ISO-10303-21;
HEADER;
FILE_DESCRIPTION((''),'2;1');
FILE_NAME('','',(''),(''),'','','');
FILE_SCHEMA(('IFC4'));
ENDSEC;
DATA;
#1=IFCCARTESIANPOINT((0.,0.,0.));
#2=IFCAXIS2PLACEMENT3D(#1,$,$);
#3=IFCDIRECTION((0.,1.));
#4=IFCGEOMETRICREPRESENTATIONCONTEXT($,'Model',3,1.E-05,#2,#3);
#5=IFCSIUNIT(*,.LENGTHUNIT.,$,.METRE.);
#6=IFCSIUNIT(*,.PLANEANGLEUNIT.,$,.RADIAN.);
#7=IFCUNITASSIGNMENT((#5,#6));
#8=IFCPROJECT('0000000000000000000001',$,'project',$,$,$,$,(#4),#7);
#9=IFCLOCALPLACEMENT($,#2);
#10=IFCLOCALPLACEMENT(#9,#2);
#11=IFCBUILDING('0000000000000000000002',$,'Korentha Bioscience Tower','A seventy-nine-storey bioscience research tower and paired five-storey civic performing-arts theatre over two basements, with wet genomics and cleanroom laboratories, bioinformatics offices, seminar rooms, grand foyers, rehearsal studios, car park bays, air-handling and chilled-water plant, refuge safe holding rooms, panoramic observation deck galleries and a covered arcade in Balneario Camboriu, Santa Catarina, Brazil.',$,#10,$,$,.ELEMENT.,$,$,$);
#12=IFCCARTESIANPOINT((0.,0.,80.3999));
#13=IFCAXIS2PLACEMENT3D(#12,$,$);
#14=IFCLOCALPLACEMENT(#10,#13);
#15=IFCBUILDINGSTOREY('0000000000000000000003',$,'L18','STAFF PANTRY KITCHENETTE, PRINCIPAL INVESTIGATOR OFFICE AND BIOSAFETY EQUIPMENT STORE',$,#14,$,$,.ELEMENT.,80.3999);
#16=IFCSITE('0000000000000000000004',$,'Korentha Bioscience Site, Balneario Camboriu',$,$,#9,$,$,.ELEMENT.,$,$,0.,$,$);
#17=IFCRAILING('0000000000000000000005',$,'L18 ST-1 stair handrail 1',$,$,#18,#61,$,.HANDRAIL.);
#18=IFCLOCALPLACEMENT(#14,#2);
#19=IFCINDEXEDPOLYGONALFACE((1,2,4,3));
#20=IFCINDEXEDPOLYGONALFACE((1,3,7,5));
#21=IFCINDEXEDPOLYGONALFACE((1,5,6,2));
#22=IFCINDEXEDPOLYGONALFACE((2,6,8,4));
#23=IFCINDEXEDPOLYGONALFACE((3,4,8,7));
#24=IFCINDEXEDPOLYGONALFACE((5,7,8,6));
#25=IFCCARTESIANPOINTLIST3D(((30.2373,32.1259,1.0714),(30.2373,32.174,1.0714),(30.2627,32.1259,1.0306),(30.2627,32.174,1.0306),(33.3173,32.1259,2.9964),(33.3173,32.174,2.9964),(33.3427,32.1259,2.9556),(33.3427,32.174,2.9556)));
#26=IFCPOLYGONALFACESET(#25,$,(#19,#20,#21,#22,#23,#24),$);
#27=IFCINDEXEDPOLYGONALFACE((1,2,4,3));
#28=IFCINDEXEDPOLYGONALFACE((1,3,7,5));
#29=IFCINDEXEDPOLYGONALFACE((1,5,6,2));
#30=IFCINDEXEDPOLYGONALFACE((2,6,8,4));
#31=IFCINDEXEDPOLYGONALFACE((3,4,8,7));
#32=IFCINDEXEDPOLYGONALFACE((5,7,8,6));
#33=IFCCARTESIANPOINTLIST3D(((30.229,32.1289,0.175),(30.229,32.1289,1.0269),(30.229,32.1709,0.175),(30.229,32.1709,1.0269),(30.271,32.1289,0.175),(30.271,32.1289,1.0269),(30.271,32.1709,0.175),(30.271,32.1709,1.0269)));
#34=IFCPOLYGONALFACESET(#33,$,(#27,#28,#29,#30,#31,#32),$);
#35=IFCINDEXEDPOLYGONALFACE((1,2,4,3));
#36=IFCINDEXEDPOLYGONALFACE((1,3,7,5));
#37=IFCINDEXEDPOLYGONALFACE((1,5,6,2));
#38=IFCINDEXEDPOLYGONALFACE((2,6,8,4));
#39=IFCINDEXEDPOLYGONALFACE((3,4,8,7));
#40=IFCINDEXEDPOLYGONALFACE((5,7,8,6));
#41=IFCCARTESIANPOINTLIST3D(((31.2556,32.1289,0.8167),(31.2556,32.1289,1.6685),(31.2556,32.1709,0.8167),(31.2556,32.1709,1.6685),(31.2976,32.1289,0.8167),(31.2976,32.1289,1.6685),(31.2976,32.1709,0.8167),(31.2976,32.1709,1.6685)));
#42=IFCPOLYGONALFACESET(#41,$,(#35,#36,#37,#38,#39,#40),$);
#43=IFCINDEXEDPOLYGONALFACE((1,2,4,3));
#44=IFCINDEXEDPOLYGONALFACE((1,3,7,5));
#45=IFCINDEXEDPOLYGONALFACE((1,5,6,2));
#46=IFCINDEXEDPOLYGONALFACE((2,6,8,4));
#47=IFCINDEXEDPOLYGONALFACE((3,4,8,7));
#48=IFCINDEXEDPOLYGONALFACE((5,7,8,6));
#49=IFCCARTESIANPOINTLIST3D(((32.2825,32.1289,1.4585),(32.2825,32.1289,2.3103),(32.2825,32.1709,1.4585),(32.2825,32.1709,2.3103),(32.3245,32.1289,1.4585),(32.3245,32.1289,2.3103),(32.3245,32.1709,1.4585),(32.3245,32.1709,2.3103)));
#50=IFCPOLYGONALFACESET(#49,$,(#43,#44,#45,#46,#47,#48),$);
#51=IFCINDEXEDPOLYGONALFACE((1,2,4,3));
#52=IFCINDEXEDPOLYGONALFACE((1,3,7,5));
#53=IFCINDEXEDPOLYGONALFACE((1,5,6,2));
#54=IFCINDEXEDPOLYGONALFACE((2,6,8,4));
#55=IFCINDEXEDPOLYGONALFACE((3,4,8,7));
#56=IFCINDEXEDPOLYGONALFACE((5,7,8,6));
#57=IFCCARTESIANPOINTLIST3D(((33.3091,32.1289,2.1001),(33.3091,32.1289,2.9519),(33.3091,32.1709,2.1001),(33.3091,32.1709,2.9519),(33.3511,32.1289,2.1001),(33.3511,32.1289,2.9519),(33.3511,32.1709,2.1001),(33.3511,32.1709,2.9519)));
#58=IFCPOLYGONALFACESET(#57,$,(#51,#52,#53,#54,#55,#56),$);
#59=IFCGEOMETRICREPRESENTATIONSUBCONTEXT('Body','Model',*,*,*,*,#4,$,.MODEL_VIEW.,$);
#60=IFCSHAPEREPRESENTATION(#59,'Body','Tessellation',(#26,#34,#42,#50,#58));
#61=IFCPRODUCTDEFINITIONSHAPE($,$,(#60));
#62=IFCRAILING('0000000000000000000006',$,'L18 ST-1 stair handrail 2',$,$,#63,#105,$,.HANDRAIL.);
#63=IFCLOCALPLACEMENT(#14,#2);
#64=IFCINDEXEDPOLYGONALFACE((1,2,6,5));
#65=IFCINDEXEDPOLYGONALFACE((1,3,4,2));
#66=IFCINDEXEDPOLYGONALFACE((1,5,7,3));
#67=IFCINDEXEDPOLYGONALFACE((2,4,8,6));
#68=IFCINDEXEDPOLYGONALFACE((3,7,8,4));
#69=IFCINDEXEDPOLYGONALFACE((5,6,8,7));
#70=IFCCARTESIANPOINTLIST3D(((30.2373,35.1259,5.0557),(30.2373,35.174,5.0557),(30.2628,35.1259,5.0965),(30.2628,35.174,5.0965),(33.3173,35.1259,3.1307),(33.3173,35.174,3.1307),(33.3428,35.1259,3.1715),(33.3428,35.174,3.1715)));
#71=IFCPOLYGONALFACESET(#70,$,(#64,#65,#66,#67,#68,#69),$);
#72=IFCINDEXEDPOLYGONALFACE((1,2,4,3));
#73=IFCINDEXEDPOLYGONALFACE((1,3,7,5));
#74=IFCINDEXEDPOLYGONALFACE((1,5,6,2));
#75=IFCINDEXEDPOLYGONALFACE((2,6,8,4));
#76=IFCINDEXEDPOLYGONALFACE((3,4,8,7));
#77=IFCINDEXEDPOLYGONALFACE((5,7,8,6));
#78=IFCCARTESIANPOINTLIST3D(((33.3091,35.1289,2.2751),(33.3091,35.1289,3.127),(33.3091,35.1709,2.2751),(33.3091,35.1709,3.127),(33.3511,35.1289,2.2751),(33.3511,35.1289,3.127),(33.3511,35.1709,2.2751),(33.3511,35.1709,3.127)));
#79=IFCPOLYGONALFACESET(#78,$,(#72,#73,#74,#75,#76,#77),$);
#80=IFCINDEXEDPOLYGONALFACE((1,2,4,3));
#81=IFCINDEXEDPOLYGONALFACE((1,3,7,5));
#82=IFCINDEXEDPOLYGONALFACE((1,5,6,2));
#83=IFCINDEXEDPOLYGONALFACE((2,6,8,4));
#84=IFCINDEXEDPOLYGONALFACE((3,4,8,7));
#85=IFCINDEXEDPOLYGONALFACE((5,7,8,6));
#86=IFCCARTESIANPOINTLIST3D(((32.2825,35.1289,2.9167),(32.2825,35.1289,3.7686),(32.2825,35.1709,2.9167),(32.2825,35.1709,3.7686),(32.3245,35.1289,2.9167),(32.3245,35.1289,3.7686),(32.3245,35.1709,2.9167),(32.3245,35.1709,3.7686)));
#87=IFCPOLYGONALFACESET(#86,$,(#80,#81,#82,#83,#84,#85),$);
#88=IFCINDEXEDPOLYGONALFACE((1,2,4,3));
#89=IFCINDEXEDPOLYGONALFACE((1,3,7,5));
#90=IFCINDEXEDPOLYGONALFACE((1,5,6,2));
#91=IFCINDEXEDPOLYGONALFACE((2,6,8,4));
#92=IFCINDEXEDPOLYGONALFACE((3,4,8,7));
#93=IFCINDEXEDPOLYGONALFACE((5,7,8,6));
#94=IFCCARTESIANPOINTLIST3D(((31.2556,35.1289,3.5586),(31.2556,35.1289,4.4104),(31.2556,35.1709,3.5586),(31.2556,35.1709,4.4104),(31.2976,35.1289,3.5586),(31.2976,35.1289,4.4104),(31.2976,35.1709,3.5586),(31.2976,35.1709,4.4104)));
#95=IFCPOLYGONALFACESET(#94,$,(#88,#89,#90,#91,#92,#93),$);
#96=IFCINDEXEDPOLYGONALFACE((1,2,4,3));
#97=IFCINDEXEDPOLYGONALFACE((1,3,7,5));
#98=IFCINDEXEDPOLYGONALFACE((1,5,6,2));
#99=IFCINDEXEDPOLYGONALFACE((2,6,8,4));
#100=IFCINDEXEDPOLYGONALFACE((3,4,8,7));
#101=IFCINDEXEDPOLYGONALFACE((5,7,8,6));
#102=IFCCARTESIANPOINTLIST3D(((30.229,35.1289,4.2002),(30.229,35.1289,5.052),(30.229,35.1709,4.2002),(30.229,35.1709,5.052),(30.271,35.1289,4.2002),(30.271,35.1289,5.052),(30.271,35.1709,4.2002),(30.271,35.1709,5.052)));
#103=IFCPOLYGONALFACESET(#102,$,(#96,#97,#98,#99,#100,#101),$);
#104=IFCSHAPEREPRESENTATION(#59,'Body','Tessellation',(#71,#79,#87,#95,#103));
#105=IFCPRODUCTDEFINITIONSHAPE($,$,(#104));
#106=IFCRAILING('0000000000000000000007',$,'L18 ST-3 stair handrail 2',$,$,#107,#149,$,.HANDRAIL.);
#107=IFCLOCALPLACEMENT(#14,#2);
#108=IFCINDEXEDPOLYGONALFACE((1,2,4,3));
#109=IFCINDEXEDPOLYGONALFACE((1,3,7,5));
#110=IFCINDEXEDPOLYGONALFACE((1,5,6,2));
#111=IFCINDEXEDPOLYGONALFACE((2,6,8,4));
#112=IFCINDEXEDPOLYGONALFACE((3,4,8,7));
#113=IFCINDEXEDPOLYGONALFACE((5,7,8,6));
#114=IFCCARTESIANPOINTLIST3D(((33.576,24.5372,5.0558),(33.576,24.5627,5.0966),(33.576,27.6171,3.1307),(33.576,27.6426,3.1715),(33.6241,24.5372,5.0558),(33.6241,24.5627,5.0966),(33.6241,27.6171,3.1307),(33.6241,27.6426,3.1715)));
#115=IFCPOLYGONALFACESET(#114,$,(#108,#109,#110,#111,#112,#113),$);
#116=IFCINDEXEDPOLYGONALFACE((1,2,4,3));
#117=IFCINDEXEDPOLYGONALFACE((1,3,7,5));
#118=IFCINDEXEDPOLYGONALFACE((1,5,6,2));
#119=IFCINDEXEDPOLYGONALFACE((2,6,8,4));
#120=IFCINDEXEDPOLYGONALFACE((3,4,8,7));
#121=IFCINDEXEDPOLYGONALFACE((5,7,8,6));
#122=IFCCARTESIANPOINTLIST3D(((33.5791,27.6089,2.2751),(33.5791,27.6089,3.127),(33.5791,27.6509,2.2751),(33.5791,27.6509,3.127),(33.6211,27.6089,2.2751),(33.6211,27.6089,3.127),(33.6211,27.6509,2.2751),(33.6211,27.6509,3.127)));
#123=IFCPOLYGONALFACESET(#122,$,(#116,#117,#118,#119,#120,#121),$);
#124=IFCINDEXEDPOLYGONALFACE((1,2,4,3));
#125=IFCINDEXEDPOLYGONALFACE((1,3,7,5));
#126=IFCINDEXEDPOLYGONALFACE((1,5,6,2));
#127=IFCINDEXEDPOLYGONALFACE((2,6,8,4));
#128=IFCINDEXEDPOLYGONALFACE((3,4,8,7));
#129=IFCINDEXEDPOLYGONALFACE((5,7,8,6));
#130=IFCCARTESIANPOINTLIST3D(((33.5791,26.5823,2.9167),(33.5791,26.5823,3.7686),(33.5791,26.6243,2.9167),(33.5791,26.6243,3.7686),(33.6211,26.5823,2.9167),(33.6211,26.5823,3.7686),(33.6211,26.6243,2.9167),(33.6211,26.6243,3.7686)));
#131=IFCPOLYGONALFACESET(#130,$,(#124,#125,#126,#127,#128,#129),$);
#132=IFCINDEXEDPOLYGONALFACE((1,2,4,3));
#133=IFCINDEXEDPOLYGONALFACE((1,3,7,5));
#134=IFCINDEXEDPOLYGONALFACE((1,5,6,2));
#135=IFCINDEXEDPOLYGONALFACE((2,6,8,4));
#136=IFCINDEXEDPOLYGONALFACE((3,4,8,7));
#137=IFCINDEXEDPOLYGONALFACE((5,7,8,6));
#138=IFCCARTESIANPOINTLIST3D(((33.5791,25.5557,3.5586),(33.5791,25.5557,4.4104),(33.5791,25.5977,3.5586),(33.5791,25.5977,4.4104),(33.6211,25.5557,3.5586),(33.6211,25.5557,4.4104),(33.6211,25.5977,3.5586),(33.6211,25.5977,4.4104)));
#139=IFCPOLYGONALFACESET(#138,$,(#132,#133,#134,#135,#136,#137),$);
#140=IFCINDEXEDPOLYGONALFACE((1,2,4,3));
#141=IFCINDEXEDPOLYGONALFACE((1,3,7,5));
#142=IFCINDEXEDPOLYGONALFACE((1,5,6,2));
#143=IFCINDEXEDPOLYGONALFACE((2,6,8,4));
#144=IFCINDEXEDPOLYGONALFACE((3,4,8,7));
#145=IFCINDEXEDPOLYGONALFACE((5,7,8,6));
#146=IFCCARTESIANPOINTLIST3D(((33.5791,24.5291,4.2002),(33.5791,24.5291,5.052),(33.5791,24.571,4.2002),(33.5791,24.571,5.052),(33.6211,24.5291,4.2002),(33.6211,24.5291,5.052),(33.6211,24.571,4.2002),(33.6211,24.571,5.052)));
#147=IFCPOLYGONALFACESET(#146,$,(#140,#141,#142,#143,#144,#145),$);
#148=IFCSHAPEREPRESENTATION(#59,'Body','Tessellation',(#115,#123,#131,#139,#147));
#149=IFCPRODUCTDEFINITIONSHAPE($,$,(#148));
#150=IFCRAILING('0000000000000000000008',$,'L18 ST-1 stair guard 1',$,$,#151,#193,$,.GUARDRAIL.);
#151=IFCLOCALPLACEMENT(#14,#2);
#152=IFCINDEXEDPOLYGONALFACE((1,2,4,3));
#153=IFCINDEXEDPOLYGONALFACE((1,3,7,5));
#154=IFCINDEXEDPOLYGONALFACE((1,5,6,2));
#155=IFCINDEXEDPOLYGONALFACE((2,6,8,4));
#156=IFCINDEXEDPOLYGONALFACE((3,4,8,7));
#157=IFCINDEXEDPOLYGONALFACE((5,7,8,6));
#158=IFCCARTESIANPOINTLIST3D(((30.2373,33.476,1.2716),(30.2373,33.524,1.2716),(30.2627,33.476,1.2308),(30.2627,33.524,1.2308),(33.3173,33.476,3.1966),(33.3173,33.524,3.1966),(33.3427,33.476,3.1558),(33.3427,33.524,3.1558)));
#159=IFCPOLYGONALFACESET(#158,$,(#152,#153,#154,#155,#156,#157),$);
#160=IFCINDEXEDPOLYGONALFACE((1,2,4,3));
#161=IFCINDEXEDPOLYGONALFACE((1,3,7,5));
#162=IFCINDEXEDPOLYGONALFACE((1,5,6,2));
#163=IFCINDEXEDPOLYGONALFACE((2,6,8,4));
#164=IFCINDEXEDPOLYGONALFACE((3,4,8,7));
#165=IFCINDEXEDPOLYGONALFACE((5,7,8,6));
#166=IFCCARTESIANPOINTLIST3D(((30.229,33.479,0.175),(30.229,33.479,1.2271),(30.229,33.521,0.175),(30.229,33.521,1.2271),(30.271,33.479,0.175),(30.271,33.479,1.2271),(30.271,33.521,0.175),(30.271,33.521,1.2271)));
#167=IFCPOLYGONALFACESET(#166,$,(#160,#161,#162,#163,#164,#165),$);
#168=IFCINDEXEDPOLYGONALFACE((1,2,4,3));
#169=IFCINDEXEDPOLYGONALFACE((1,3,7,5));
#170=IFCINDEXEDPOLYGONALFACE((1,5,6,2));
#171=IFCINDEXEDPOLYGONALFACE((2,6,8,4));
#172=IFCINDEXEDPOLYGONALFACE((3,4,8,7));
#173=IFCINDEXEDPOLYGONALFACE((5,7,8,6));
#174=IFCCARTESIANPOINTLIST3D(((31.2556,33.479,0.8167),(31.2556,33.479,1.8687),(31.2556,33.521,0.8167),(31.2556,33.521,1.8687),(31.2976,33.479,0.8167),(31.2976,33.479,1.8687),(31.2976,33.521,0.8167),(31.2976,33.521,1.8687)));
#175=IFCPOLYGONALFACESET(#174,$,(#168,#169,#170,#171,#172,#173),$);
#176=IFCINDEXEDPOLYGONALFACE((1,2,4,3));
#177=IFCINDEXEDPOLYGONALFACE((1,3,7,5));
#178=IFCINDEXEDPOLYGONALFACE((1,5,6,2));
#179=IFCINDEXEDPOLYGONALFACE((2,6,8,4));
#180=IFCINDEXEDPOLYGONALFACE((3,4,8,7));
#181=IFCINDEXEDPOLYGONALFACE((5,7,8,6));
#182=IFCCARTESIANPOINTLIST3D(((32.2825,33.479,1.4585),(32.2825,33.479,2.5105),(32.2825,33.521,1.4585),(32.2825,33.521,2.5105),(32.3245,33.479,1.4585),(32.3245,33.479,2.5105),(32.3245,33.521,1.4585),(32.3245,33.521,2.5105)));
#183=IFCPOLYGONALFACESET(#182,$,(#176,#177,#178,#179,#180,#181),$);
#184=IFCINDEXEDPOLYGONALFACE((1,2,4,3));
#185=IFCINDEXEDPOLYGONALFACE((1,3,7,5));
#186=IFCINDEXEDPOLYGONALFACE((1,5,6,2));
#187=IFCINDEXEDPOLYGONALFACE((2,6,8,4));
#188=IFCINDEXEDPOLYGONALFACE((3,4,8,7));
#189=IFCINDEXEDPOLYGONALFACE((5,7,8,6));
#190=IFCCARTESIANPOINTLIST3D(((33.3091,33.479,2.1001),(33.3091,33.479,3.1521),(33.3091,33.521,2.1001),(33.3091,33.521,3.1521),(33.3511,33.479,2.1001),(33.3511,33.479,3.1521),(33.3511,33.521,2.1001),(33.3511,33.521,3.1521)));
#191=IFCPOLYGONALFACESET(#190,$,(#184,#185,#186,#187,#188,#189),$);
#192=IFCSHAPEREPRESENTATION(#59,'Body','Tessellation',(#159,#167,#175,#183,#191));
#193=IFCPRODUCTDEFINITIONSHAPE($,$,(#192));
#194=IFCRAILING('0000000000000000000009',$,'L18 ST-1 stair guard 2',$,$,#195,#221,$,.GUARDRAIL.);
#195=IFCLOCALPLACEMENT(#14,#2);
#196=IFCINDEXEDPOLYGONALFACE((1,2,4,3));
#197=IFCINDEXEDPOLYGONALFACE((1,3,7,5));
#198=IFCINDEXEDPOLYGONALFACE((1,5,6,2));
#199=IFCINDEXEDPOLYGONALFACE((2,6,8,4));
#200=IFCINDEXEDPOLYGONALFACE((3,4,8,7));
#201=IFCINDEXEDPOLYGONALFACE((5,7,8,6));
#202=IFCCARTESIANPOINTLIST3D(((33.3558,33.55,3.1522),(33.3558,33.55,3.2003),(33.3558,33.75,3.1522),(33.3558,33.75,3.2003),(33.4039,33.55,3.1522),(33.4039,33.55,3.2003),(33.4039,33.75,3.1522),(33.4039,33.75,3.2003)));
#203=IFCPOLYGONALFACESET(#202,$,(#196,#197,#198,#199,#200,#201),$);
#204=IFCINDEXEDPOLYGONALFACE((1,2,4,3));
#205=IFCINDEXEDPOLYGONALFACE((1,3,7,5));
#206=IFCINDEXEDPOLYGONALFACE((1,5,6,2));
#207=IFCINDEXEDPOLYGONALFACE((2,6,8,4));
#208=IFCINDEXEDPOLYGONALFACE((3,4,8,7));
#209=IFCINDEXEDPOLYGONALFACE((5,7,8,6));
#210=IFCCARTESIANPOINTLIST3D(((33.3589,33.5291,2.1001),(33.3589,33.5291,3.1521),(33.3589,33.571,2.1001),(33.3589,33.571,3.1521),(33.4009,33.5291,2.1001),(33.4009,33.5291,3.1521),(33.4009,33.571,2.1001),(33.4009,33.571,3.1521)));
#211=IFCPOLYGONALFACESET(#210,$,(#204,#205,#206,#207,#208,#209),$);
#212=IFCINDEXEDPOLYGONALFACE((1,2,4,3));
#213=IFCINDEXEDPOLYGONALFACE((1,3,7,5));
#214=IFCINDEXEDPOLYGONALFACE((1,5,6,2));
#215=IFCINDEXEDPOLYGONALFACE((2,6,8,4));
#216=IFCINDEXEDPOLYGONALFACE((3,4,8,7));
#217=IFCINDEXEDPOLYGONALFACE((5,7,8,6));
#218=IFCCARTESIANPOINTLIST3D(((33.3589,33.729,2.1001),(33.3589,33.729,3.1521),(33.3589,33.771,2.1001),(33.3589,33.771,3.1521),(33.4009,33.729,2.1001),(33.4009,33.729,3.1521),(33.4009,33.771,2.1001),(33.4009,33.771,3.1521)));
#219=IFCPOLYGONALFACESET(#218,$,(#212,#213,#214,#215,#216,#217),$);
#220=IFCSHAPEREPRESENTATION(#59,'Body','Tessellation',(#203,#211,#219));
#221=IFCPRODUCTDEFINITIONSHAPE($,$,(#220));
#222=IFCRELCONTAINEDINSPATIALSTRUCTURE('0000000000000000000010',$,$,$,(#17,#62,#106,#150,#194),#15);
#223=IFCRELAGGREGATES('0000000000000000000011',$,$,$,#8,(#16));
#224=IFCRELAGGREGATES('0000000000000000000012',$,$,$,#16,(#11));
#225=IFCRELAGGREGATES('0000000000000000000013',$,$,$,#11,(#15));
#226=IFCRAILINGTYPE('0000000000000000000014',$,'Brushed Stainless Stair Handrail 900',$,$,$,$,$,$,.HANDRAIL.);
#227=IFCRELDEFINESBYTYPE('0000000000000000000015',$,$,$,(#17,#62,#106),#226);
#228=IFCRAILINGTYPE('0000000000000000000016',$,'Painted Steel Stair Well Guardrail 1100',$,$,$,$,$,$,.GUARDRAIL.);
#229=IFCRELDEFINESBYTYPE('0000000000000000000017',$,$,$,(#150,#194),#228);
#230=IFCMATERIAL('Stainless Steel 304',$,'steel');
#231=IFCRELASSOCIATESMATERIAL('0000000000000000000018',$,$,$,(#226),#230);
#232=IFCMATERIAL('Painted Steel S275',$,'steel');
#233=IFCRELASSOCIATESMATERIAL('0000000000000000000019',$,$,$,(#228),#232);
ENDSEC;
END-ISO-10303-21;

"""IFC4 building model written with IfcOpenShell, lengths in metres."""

from ifc_helpers import new_model, si_unit, direction, frame, origin, origin_2d, place, context, subcontext, project, spatial, rectangle, extrude, material, type_object, element, save


model = new_model("IFC4")

# Units and contexts
model_context = context("Model", 3, precision=1e-05, world=origin(), true_north=direction((0.0, 1.0)))
body_context = subcontext(model_context, "Body", "Model", "MODEL_VIEW")
ifc_project = project(units=[si_unit("LENGTHUNIT", "METRE"), si_unit("PLANEANGLEUNIT", "RADIAN")], contexts=[model_context])

# Site, building, storey
site_placement = place(None, origin())
site = spatial("IfcSite", under=ifc_project, at=site_placement, Name="Korentha Bioscience Site, Balneario Camboriu", CompositionType="ELEMENT", RefElevation=0.0)
building_placement = place(site_placement, origin())
building = spatial("IfcBuilding", under=site, at=building_placement, Name="Korentha Bioscience Tower", Description="A seventy-nine-storey bioscience research tower and paired five-storey civic performing-arts theatre over two basements, with wet genomics and cleanroom laboratories, bioinformatics offices, seminar rooms, grand foyers, rehearsal studios, car park bays, air-handling and chilled-water plant, refuge safe holding rooms, panoramic observation deck galleries and a covered arcade in Balneario Camboriu, Santa Catarina, Brazil.", CompositionType="ELEMENT")
storey_placement = place(building_placement, frame((0.0, 0.0, 80.3999)))
storey = spatial("IfcBuildingStorey", under=building, at=storey_placement, Name="L18", Description="STAFF PANTRY KITCHENETTE, PRINCIPAL INVESTIGATOR OFFICE AND BIOSAFETY EQUIPMENT STORE", CompositionType="ELEMENT", Elevation=80.3999)

# Railings
ifc_material_1 = material(Name="Stainless Steel 304", Category="steel")
railing_type_1 = type_object("IfcRailingType", Name="Brushed Stainless Stair Handrail 900", PredefinedType="HANDRAIL", material=ifc_material_1)
railing_1_placement = place(storey_placement, frame((30.25, 32.1499, 0.175)))
element("IfcRailing", 1, at=railing_1_placement, inside=storey, type_object=railing_type_1, Name="L18 ST-1 stair handrail 1", PredefinedType="HANDRAIL", context=body_context, shape_type="SweptSolid", body=[
    extrude(rectangle(XDim=0.0481, YDim=0.0481, at=origin_2d()), frame((0.0, 0.0, 0.876), z_axis=(0.847998, 0.0, 0.529999), x_axis=(0.0, 1.0, 0.0)), (0.0, 0.0, 1.0), 3.6321),
    extrude(rectangle(XDim=0.042, YDim=0.042, at=origin_2d()), origin(), (0.0, 0.0, 1.0), 0.8518),
    extrude(rectangle(XDim=0.042, YDim=0.042, at=origin_2d()), frame((1.0266, 0.0, 0.6416)), (0.0, 0.0, 1.0), 0.8518),
    extrude(rectangle(XDim=0.042, YDim=0.042, at=origin_2d()), frame((2.0535, 0.0, 1.2834)), (0.0, 0.0, 1.0), 0.8518),
    extrude(rectangle(XDim=0.042, YDim=0.042, at=origin_2d()), frame((3.0801, 0.0, 1.925)), (0.0, 0.0, 1.0), 0.8518),
])
railing_2_placement = place(storey_placement, frame((33.3301, 35.1499, 2.2751)))
element("IfcRailing", 2, at=railing_2_placement, inside=storey, type_object=railing_type_1, Name="L18 ST-1 stair handrail 2", PredefinedType="HANDRAIL", context=body_context, shape_type="SweptSolid", body=[
    extrude(rectangle(XDim=0.0481, YDim=0.0481, at=origin_2d()), frame((0.0, 0.0, 0.876), z_axis=(-0.847998, 0.0, 0.529999), x_axis=(0.0, -1.0, 0.0)), (0.0, 0.0, 1.0), 3.6321),
    extrude(rectangle(XDim=0.042, YDim=0.042, at=origin_2d()), origin(), (0.0, 0.0, 1.0), 0.8518),
    extrude(rectangle(XDim=0.042, YDim=0.042, at=origin_2d()), frame((-1.0266, 0.0, 0.6416)), (0.0, 0.0, 1.0), 0.8518),
    extrude(rectangle(XDim=0.042, YDim=0.042, at=origin_2d()), frame((-2.0535, 0.0, 1.2834)), (0.0, 0.0, 1.0), 0.8518),
    extrude(rectangle(XDim=0.042, YDim=0.042, at=origin_2d()), frame((-3.0801, 0.0, 1.925)), (0.0, 0.0, 1.0), 0.8518),
])
railing_3_placement = place(storey_placement, frame((33.6001, 27.6299, 2.2751)))
element("IfcRailing", 3, at=railing_3_placement, inside=storey, type_object=railing_type_1, Name="L18 ST-3 stair handrail 2", PredefinedType="HANDRAIL", context=body_context, shape_type="SweptSolid", body=[
    extrude(rectangle(XDim=0.0481, YDim=0.0481, at=origin_2d()), frame((0.0, 0.0, 0.876), z_axis=(0.0, -0.847979, 0.530029), x_axis=(1.0, 0.0, 0.0)), (0.0, 0.0, 1.0), 3.6321),
    extrude(rectangle(XDim=0.042, YDim=0.042, at=origin_2d()), origin(), (0.0, 0.0, 1.0), 0.8518),
    extrude(rectangle(XDim=0.042, YDim=0.042, at=origin_2d()), frame((0.0, -1.0266, 0.6416)), (0.0, 0.0, 1.0), 0.8518),
    extrude(rectangle(XDim=0.042, YDim=0.042, at=origin_2d()), frame((0.0, -2.0532, 1.2834)), (0.0, 0.0, 1.0), 0.8518),
    extrude(rectangle(XDim=0.042, YDim=0.042, at=origin_2d()), frame((0.0, -3.0798, 1.925)), (0.0, 0.0, 1.0), 0.8518),
])
ifc_material_2 = material(Name="Painted Steel S275", Category="steel")
railing_type_2 = type_object("IfcRailingType", Name="Painted Steel Stair Well Guardrail 1100", PredefinedType="GUARDRAIL", material=ifc_material_2)
railing_4_placement = place(storey_placement, frame((30.25, 33.5, 0.175)))
element("IfcRailing", 4, at=railing_4_placement, inside=storey, type_object=railing_type_2, Name="L18 ST-1 stair guard 1", PredefinedType="GUARDRAIL", context=body_context, shape_type="SweptSolid", body=[
    extrude(rectangle(XDim=0.0481, YDim=0.0481, at=origin_2d()), frame((0.0, 0.0, 1.0762), z_axis=(0.847998, 0.0, 0.529999), x_axis=(0.0, 1.0, 0.0)), (0.0, 0.0, 1.0), 3.6321),
    extrude(rectangle(XDim=0.042, YDim=0.042, at=origin_2d()), origin(), (0.0, 0.0, 1.0), 1.052),
    extrude(rectangle(XDim=0.042, YDim=0.042, at=origin_2d()), frame((1.0266, 0.0, 0.6416)), (0.0, 0.0, 1.0), 1.052),
    extrude(rectangle(XDim=0.042, YDim=0.042, at=origin_2d()), frame((2.0535, 0.0, 1.2834)), (0.0, 0.0, 1.0), 1.052),
    extrude(rectangle(XDim=0.042, YDim=0.042, at=origin_2d()), frame((3.0801, 0.0, 1.925)), (0.0, 0.0, 1.0), 1.052),
])
railing_5_placement = place(storey_placement, frame((33.3799, 33.55, 2.1001)))
element("IfcRailing", 5, at=railing_5_placement, inside=storey, type_object=railing_type_2, Name="L18 ST-1 stair guard 2", PredefinedType="GUARDRAIL", context=body_context, shape_type="SweptSolid", body=[
    extrude(rectangle(XDim=0.0481, YDim=0.0481, at=origin_2d()), frame((0.0, 0.0, 1.0762), z_axis=(0.0, 1.0, 0.0), x_axis=(-1.0, 0.0, 0.0)), (0.0, 0.0, 1.0), 0.2),
    extrude(rectangle(XDim=0.042, YDim=0.042, at=origin_2d()), origin(), (0.0, 0.0, 1.0), 1.052),
    extrude(rectangle(XDim=0.042, YDim=0.042, at=origin_2d()), frame((0.0, 0.2, 0.0)), (0.0, 0.0, 1.0), 1.052),
])

save(model, "model.ifc")
